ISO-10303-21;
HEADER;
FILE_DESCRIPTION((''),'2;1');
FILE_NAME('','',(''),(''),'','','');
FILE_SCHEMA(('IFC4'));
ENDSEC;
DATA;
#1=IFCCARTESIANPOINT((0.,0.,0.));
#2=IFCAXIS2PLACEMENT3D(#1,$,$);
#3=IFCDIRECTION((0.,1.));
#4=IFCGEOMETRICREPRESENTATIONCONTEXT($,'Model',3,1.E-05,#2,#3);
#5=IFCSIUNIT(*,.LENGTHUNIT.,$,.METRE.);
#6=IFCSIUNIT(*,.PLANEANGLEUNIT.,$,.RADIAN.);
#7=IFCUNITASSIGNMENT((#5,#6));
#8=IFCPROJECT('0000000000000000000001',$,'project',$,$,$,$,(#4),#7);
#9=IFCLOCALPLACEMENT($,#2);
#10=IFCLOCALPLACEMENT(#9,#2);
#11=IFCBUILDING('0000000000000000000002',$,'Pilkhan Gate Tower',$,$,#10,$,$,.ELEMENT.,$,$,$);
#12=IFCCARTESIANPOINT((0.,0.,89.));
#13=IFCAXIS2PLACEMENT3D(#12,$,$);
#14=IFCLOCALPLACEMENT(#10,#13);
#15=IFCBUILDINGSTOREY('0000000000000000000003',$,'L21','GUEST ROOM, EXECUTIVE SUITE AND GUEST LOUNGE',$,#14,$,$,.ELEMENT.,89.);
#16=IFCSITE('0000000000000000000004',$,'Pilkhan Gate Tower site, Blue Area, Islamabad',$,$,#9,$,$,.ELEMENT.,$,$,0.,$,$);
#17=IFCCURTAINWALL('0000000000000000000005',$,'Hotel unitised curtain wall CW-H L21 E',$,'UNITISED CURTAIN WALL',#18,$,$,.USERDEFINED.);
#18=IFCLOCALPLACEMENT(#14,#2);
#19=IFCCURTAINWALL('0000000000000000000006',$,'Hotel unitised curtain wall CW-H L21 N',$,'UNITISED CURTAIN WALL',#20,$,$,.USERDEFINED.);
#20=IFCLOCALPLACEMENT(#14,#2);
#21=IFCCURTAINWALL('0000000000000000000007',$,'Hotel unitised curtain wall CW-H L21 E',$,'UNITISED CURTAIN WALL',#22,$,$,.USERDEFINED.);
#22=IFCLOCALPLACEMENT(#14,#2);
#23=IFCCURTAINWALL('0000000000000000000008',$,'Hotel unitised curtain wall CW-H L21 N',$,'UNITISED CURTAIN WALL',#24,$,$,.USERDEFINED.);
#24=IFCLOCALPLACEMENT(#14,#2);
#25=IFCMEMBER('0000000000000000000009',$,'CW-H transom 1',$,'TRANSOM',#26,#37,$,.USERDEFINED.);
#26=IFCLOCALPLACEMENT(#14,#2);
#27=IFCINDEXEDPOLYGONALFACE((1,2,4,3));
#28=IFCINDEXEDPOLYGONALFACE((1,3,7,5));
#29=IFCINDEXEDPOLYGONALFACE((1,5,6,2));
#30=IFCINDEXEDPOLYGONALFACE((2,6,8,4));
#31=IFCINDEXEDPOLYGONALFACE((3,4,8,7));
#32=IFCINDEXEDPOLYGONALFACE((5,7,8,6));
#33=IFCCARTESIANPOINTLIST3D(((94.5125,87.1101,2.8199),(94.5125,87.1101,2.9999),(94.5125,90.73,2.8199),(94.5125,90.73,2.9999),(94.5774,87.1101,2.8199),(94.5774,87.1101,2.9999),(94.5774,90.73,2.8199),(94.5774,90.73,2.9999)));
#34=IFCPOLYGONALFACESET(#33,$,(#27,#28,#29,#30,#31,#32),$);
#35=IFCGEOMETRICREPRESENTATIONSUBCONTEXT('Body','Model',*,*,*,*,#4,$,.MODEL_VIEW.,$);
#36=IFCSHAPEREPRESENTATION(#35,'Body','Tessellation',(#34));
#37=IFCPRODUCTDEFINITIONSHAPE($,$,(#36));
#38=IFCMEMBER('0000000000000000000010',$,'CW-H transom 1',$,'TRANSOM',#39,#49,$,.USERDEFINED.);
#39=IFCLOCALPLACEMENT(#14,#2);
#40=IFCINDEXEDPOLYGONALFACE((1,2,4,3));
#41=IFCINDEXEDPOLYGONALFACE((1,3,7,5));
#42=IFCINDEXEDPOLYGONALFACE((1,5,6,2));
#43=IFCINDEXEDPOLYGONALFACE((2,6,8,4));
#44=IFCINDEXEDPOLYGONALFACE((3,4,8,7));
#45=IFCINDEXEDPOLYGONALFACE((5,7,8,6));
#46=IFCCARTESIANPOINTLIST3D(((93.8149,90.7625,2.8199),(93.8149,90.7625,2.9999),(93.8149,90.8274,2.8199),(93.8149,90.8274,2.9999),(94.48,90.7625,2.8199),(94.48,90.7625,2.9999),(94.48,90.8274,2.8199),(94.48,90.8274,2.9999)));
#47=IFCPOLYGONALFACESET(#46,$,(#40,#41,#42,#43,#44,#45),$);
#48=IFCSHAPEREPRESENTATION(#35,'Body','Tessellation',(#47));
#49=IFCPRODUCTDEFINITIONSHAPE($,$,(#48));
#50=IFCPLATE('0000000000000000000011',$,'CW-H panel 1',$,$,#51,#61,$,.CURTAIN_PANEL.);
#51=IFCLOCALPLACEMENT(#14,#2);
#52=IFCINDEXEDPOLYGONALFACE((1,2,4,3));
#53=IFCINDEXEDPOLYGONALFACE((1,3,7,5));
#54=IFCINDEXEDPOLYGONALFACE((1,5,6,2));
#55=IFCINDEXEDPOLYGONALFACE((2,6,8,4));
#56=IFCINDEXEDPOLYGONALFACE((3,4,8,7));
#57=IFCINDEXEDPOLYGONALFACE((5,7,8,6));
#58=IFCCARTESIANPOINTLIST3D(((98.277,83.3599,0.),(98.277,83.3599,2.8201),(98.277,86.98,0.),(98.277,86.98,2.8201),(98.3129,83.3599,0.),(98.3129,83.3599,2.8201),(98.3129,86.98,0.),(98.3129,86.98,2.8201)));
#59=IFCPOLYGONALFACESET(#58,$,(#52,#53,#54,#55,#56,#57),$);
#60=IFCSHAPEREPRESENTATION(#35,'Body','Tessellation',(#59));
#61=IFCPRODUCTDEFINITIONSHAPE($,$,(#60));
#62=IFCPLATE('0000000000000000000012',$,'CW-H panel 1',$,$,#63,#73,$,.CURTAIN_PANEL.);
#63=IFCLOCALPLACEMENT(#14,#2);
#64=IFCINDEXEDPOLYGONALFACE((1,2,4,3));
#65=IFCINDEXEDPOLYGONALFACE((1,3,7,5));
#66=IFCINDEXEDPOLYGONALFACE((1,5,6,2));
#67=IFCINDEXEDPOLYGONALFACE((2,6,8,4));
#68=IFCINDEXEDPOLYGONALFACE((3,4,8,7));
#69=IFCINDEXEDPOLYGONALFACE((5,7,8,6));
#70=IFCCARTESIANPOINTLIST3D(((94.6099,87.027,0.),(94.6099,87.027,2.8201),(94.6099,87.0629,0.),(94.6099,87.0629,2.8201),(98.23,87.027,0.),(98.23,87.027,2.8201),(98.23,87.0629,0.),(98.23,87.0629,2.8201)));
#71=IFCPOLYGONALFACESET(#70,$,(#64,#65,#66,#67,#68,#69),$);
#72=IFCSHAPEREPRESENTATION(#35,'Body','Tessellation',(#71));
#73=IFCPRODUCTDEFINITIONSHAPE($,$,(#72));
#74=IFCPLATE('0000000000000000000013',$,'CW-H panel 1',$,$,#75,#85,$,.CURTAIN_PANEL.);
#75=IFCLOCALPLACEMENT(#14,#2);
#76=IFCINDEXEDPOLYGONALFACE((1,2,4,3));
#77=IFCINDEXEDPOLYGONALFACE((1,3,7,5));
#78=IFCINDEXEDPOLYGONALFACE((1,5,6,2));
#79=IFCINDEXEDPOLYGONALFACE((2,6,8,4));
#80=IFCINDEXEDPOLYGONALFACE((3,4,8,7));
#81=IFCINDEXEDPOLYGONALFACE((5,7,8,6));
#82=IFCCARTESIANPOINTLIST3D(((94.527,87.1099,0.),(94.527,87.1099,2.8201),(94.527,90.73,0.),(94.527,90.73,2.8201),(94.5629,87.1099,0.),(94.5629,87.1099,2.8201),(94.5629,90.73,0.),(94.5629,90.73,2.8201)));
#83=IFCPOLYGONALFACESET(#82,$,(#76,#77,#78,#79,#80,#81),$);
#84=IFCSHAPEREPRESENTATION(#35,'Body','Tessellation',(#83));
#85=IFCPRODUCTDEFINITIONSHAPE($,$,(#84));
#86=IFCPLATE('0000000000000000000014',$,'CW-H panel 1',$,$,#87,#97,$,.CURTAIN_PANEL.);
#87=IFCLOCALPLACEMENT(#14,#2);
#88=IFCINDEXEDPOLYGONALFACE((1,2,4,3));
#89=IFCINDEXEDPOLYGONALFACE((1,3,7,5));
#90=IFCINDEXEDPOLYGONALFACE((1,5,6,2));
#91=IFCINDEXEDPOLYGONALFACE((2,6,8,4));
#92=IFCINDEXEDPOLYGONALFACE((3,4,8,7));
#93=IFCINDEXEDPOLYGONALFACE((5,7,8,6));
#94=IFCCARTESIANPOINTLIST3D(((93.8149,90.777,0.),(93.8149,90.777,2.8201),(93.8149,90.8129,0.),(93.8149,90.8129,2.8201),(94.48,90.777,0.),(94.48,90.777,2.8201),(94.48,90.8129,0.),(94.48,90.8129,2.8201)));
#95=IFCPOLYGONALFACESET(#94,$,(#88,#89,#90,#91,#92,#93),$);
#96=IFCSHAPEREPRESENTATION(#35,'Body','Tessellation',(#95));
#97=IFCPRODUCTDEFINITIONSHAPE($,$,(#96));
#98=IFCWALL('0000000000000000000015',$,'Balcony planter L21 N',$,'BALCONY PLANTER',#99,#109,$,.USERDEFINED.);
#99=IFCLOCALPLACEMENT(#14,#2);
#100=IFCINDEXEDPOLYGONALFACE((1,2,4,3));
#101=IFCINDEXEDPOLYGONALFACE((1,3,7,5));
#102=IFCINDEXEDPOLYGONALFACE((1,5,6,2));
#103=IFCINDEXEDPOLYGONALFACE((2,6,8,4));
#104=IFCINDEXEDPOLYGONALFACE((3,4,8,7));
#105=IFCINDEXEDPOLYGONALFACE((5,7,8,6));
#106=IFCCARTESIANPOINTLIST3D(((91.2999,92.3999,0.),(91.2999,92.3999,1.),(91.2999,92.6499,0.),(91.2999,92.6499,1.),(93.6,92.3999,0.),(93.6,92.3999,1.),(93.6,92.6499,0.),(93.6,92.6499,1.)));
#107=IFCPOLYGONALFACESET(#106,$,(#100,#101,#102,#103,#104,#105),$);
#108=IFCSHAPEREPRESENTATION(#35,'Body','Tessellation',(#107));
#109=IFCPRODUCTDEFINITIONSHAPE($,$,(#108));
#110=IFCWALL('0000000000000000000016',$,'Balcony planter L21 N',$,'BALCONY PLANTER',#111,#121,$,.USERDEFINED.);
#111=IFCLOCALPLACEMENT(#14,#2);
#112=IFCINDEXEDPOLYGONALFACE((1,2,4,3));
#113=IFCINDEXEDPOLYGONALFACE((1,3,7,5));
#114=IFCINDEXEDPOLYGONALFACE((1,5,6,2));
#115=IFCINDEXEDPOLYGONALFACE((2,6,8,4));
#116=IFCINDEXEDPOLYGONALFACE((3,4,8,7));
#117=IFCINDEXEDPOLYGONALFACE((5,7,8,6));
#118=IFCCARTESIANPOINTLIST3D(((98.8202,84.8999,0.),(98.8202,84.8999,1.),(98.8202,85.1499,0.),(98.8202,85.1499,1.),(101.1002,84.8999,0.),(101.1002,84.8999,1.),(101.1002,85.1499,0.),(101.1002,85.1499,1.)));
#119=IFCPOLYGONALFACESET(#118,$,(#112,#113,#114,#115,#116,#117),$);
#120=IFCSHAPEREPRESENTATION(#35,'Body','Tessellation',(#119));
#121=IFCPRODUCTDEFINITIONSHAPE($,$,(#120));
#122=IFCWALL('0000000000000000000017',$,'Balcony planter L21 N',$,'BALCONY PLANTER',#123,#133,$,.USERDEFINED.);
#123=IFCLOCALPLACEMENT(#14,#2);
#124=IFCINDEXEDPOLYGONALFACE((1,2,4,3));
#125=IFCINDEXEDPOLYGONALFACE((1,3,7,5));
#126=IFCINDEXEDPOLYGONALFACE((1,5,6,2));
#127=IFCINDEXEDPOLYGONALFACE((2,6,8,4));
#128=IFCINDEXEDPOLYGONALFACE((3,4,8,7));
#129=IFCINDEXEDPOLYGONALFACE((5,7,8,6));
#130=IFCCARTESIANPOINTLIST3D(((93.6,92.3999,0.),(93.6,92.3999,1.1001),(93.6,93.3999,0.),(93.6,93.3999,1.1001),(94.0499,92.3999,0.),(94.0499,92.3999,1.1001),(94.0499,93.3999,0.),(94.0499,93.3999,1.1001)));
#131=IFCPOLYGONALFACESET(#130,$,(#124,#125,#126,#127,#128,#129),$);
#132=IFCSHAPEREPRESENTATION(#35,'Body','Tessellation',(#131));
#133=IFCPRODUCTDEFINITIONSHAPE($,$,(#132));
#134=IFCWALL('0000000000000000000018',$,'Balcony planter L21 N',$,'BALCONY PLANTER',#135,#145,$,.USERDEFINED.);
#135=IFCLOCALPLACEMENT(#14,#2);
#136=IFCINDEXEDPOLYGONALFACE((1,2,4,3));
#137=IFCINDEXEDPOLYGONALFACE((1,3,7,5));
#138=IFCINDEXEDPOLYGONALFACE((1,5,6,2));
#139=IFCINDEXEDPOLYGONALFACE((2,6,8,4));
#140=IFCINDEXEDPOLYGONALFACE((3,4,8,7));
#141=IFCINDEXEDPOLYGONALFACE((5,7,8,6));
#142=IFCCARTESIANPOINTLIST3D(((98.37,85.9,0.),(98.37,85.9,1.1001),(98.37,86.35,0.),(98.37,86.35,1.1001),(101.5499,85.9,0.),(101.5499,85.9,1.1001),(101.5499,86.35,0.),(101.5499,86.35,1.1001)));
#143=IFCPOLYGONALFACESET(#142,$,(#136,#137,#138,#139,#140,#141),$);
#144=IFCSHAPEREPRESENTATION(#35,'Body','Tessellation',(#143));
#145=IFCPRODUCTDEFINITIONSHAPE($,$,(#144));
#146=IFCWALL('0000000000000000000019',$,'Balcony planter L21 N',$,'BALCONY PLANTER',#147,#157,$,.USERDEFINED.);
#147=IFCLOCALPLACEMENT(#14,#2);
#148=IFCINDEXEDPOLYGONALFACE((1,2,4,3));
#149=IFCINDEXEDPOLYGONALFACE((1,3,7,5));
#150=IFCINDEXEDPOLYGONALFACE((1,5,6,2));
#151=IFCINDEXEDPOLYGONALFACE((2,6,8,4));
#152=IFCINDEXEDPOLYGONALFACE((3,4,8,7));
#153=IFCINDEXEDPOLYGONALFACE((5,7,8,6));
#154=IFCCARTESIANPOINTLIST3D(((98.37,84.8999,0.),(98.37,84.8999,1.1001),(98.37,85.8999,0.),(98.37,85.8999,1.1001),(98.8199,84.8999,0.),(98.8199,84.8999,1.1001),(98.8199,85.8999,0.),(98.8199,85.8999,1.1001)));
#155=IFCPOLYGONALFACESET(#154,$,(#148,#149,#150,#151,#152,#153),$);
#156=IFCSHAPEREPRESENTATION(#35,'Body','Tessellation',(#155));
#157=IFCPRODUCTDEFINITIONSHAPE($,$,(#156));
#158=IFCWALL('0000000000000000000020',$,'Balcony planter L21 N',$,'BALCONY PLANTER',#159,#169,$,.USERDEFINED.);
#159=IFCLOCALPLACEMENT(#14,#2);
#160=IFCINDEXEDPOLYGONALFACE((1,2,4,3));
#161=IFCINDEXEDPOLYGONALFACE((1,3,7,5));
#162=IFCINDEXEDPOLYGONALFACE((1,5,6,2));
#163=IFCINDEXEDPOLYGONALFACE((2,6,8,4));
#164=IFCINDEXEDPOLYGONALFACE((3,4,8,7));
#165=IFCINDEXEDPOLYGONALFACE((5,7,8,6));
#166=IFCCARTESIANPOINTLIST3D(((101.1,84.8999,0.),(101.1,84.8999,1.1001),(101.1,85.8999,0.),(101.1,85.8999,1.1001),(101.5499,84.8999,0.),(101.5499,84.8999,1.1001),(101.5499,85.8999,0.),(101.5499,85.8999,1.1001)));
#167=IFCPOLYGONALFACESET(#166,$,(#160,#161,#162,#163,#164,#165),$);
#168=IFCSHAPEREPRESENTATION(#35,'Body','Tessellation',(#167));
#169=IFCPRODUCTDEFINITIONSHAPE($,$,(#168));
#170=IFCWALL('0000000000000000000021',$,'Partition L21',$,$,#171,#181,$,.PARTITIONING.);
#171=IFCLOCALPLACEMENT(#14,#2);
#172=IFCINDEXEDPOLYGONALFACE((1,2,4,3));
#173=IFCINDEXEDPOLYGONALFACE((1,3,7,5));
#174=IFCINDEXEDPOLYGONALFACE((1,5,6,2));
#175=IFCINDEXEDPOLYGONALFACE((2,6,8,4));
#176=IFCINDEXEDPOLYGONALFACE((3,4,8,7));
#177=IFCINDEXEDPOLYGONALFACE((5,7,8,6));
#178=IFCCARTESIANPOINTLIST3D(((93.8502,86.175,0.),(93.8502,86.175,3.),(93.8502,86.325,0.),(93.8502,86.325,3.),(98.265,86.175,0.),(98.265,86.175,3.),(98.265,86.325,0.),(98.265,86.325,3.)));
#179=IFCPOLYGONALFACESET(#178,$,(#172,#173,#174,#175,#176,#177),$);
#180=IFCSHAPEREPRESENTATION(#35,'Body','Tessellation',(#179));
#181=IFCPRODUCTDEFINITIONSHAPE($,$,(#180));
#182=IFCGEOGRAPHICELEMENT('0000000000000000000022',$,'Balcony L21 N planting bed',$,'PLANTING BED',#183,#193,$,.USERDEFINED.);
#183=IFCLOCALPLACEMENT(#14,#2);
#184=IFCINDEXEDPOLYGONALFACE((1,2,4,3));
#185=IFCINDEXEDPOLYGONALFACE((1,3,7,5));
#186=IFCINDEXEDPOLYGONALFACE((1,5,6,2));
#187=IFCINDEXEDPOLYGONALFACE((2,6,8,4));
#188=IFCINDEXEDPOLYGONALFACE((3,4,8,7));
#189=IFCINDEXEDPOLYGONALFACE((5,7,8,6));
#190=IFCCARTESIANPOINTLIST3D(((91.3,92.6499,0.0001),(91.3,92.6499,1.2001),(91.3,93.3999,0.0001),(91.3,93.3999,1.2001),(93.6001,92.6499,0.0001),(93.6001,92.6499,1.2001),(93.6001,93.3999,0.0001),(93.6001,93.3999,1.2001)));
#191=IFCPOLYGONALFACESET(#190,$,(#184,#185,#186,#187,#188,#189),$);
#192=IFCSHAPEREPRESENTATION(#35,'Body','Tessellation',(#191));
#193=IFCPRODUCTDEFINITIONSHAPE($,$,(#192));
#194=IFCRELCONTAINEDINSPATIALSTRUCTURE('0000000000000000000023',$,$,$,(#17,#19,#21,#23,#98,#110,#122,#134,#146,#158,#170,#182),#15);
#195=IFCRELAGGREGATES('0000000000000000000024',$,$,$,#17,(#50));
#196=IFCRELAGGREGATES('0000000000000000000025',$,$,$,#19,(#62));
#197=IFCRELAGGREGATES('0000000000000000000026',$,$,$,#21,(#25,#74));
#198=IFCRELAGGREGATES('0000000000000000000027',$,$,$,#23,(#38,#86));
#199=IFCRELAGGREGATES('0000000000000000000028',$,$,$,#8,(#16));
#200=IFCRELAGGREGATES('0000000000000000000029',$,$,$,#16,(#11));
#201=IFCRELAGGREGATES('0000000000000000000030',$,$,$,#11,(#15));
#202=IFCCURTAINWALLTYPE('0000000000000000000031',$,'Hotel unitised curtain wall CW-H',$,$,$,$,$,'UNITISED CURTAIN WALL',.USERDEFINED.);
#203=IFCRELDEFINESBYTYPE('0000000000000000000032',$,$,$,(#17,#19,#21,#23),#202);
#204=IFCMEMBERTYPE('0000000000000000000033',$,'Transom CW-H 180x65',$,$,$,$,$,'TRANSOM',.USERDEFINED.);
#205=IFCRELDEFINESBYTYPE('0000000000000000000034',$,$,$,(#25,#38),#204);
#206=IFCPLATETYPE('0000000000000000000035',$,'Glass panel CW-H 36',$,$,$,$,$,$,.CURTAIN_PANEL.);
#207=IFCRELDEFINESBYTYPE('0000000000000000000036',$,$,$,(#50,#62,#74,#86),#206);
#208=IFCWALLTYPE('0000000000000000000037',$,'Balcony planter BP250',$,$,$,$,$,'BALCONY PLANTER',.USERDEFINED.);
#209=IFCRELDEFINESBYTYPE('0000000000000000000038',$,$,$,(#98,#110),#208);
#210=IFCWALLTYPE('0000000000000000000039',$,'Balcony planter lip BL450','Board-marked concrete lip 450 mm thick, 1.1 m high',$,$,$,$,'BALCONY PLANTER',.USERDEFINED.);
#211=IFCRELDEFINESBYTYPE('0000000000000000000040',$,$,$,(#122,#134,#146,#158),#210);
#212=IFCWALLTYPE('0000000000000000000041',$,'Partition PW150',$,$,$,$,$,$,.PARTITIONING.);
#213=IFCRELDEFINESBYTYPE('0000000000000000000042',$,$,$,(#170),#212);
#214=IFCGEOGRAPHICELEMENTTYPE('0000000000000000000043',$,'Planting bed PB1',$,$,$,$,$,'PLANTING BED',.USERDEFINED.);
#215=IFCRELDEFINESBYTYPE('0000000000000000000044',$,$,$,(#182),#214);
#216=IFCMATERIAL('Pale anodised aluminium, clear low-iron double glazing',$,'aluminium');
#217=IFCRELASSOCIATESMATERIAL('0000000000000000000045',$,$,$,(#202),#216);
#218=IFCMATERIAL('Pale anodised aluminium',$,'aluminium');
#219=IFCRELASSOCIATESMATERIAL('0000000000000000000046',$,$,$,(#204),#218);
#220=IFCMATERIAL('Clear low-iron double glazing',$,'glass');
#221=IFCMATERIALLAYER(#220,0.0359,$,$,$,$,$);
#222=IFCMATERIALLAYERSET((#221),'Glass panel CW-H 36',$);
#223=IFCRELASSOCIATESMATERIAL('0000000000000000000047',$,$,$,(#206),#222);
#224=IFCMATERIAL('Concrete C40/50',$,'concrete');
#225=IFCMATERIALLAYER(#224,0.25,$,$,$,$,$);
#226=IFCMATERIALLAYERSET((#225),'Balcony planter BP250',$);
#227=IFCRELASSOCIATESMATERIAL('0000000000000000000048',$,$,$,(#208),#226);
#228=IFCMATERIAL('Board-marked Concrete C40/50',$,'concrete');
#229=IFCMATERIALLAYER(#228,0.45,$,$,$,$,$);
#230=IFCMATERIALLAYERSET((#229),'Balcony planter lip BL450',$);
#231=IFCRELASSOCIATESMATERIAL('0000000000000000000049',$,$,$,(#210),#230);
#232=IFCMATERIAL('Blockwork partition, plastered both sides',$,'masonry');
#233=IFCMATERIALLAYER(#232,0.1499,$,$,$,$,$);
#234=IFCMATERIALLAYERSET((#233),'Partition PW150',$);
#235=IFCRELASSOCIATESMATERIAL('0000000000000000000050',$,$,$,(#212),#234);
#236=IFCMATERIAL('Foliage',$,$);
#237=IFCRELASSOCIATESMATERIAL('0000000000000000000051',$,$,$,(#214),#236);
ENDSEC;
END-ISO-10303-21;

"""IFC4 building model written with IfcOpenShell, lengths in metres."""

from ifc_helpers import new_model, si_unit, direction, frame, frame_2d, origin, origin_2d, place, context, subcontext, project, spatial, rectangle, extrude, material, layer, layer_set, material_profile, profile_set, type_object, element, aggregate, save


model = new_model("IFC4")

# Units and contexts
model_context = context("Model", 3, precision=1e-05, world=origin(), true_north=direction((0.0, 1.0)))
body_context = subcontext(model_context, "Body", "Model", "MODEL_VIEW")
ifc_project = project(units=[si_unit("LENGTHUNIT", "METRE"), si_unit("PLANEANGLEUNIT", "RADIAN")], contexts=[model_context])

# Site, building, storey
site_placement = place(None, origin())
site = spatial("IfcSite", under=ifc_project, at=site_placement, Name="Pilkhan Gate Tower site, Blue Area, Islamabad", CompositionType="ELEMENT", RefElevation=0.0)
building_placement = place(site_placement, origin())
building = spatial("IfcBuilding", under=site, at=building_placement, Name="Pilkhan Gate Tower", CompositionType="ELEMENT")
storey_placement = place(building_placement, frame((0.0, 0.0, 89.0)))
storey = spatial("IfcBuildingStorey", under=building, at=storey_placement, Name="L21", Description="GUEST ROOM, EXECUTIVE SUITE AND GUEST LOUNGE", CompositionType="ELEMENT", Elevation=89.0)

# Curtain wall
ifc_material_1 = material(Name="Pale anodised aluminium, clear low-iron double glazing", Category="aluminium")
curtain_wall_type = type_object("IfcCurtainWallType", Name="Hotel unitised curtain wall CW-H", ElementType="UNITISED CURTAIN WALL", PredefinedType="USERDEFINED", material=ifc_material_1)
curtain_wall_1_placement = place(storey_placement, origin())
curtain_wall_1 = element("IfcCurtainWall", 1, at=curtain_wall_1_placement, inside=storey, type_object=curtain_wall_type, Name="Hotel unitised curtain wall CW-H L21 E", ObjectType="UNITISED CURTAIN WALL", PredefinedType="USERDEFINED")
ifc_material_2 = material(Name="Pale anodised aluminium", Category="aluminium")

# Curtain walls
curtain_wall_2_placement = place(storey_placement, origin())
curtain_wall_2 = element("IfcCurtainWall", 2, at=curtain_wall_2_placement, inside=storey, type_object=curtain_wall_type, Name="Hotel unitised curtain wall CW-H L21 N", ObjectType="UNITISED CURTAIN WALL", PredefinedType="USERDEFINED")
curtain_wall_3_placement = place(storey_placement, origin())
curtain_wall_3 = element("IfcCurtainWall", 3, at=curtain_wall_3_placement, inside=storey, type_object=curtain_wall_type, Name="Hotel unitised curtain wall CW-H L21 E", ObjectType="UNITISED CURTAIN WALL", PredefinedType="USERDEFINED")
curtain_wall_4_placement = place(storey_placement, origin())
curtain_wall_4 = element("IfcCurtainWall", 4, at=curtain_wall_4_placement, inside=storey, type_object=curtain_wall_type, Name="Hotel unitised curtain wall CW-H L21 N", ObjectType="UNITISED CURTAIN WALL", PredefinedType="USERDEFINED")

# Members
ifc_material_profile_1 = material_profile(ifc_material_2, rectangle(XDim=0.0649, YDim=0.1799, at=origin_2d()), Name="Transom 180x65")
ifc_profile_set_1 = profile_set([ifc_material_profile_1], Name="Pale anodised aluminium")
member_type_1 = type_object("IfcMemberType", Name="Transom CW-H 180x65", ElementType="TRANSOM", PredefinedType="USERDEFINED", material=ifc_profile_set_1)
member_1_placement = place(storey_placement, frame((94.5449, 87.1101, 2.9099), z_axis=(0.0, 1.0, 0.0), x_axis=(-1.0, 0.0, 0.0)))
member_1 = element("IfcMember", 5, at=member_1_placement, type_object=member_type_1, Name="CW-H transom 1", ObjectType="TRANSOM", PredefinedType="USERDEFINED", context=body_context, shape_type="SweptSolid", body=[
    extrude(rectangle(XDim=0.0649, YDim=0.1799, at=origin_2d()), origin(), (0.0, 0.0, 1.0), 3.6199),
])
member_2_placement = place(storey_placement, frame((93.8149, 90.7949, 2.9099), z_axis=(1.0, 0.0, 0.0), x_axis=(0.0, 1.0, 0.0)))
member_2 = element("IfcMember", 6, at=member_2_placement, type_object=member_type_1, Name="CW-H transom 1", ObjectType="TRANSOM", PredefinedType="USERDEFINED", context=body_context, shape_type="SweptSolid", body=[
    extrude(rectangle(XDim=0.0649, YDim=0.1799, at=origin_2d()), origin(), (0.0, 0.0, 1.0), 0.665),
])

# Plates
ifc_material_3 = material(Name="Clear low-iron double glazing", Category="glass")
ifc_layer_1 = layer(ifc_material_3, 0.0359)
ifc_layer_set_1 = layer_set([ifc_layer_1], Name="Glass panel CW-H 36")
plate_type = type_object("IfcPlateType", Name="Glass panel CW-H 36", PredefinedType="CURTAIN_PANEL", material=ifc_layer_set_1)
plate_1_placement = place(storey_placement, frame((98.2949, 85.1699, 0.0), z_axis=(0.0, 0.0, 1.0), x_axis=(0.0, 1.0, 0.0)))
plate_1 = element("IfcPlate", 7, at=plate_1_placement, type_object=plate_type, Name="CW-H panel 1", PredefinedType="CURTAIN_PANEL", context=body_context, shape_type="SweptSolid", body=[
    extrude(rectangle(XDim=3.6201, YDim=0.0359, at=origin_2d()), origin(), (0.0, 0.0, 1.0), 2.8201),
])
aggregate(curtain_wall_1, [plate_1])
plate_2_placement = place(storey_placement, frame((96.4199, 87.0449, 0.0), z_axis=(0.0, 0.0, 1.0), x_axis=(1.0, 0.0, 0.0)))
plate_2 = element("IfcPlate", 8, at=plate_2_placement, type_object=plate_type, Name="CW-H panel 1", PredefinedType="CURTAIN_PANEL", context=body_context, shape_type="SweptSolid", body=[
    extrude(rectangle(XDim=3.6201, YDim=0.0359, at=origin_2d()), origin(), (0.0, 0.0, 1.0), 2.8201),
])
aggregate(curtain_wall_2, [plate_2])
plate_3_placement = place(storey_placement, frame((94.5449, 88.9199, 0.0), z_axis=(0.0, 0.0, 1.0), x_axis=(0.0, 1.0, 0.0)))
plate_3 = element("IfcPlate", 9, at=plate_3_placement, type_object=plate_type, Name="CW-H panel 1", PredefinedType="CURTAIN_PANEL", context=body_context, shape_type="SweptSolid", body=[
    extrude(rectangle(XDim=3.6201, YDim=0.0359, at=origin_2d()), origin(), (0.0, 0.0, 1.0), 2.8201),
])
aggregate(curtain_wall_3, [member_1, plate_3])
plate_4_placement = place(storey_placement, frame((94.1475, 90.7949, 0.0), z_axis=(0.0, 0.0, 1.0), x_axis=(1.0, 0.0, 0.0)))
plate_4 = element("IfcPlate", 10, at=plate_4_placement, type_object=plate_type, Name="CW-H panel 1", PredefinedType="CURTAIN_PANEL", context=body_context, shape_type="SweptSolid", body=[
    extrude(rectangle(XDim=0.665, YDim=0.0359, at=origin_2d()), origin(), (0.0, 0.0, 1.0), 2.8201),
])
aggregate(curtain_wall_4, [member_2, plate_4])

# Walls
ifc_material_4 = material(Name="Concrete C40/50", Category="concrete")
ifc_layer_2 = layer(ifc_material_4, 0.25)
ifc_layer_set_2 = layer_set([ifc_layer_2], Name="Balcony planter BP250")
wall_type_1 = type_object("IfcWallType", Name="Balcony planter BP250", ElementType="BALCONY PLANTER", PredefinedType="USERDEFINED", material=ifc_layer_set_2)
wall_1_placement = place(storey_placement, frame((91.3, 92.5249, 0.0), z_axis=(0.0, 0.0, 1.0), x_axis=(1.0, 0.0, 0.0)))
element("IfcWall", 11, at=wall_1_placement, inside=storey, type_object=wall_type_1, Name="Balcony planter L21 N", ObjectType="BALCONY PLANTER", PredefinedType="USERDEFINED", context=body_context, shape_type="SweptSolid", body=[
    extrude(rectangle(XDim=2.3, YDim=0.25, at=frame_2d((1.1499, 0.0))), origin(), (0.0, 0.0, 1.0), 1.0),
])
wall_2_placement = place(storey_placement, frame((98.8201, 85.0249, 0.0), z_axis=(0.0, 0.0, 1.0), x_axis=(1.0, 0.0, 0.0)))
element("IfcWall", 12, at=wall_2_placement, inside=storey, type_object=wall_type_1, Name="Balcony planter L21 N", ObjectType="BALCONY PLANTER", PredefinedType="USERDEFINED", context=body_context, shape_type="SweptSolid", body=[
    extrude(rectangle(XDim=2.28, YDim=0.25, at=frame_2d((1.1401, 0.0))), origin(), (0.0, 0.0, 1.0), 1.0),
])
ifc_material_5 = material(Name="Board-marked Concrete C40/50", Category="concrete")
ifc_layer_3 = layer(ifc_material_5, 0.45)
ifc_layer_set_3 = layer_set([ifc_layer_3], Name="Balcony planter lip BL450")
wall_type_2 = type_object("IfcWallType", Name="Balcony planter lip BL450", Description="Board-marked concrete lip 450 mm thick, 1.1 m high", ElementType="BALCONY PLANTER", PredefinedType="USERDEFINED", material=ifc_layer_set_3)
wall_3_placement = place(storey_placement, frame((93.825, 92.3999, 0.0), z_axis=(0.0, 0.0, 1.0), x_axis=(0.0, 1.0, 0.0)))
element("IfcWall", 13, at=wall_3_placement, inside=storey, type_object=wall_type_2, Name="Balcony planter L21 N", ObjectType="BALCONY PLANTER", PredefinedType="USERDEFINED", context=body_context, shape_type="SweptSolid", body=[
    extrude(rectangle(XDim=1.0, YDim=0.45, at=frame_2d((0.5, 0.0))), origin(), (0.0, 0.0, 1.0), 1.1001),
])
wall_4_placement = place(storey_placement, frame((98.3701, 86.125, 0.0), z_axis=(0.0, 0.0, 1.0), x_axis=(1.0, 0.0, 0.0)))
element("IfcWall", 14, at=wall_4_placement, inside=storey, type_object=wall_type_2, Name="Balcony planter L21 N", ObjectType="BALCONY PLANTER", PredefinedType="USERDEFINED", context=body_context, shape_type="SweptSolid", body=[
    extrude(rectangle(XDim=3.1799, YDim=0.45, at=frame_2d((1.5898, 0.0))), origin(), (0.0, 0.0, 1.0), 1.1001),
])
for number, where, z_axis, x_axis, name in (
    (15, (98.595, 84.8999, 0.0), (0.0, 0.0, 1.0), (0.0, 1.0, 0.0), "Balcony planter L21 N"),
    (16, (101.325, 84.8999, 0.0), (0.0, 0.0, 1.0), (0.0, 1.0, 0.0), "Balcony planter L21 N"),
):
    element("IfcWall", number, at=place(storey_placement, frame(where, z_axis=z_axis, x_axis=x_axis)), inside=storey, type_object=wall_type_2, Name=name, ObjectType="BALCONY PLANTER", PredefinedType="USERDEFINED", context=body_context, shape_type="SweptSolid", body=[
        extrude(rectangle(XDim=1.0, YDim=0.45, at=frame_2d((0.5, 0.0))), origin(), (0.0, 0.0, 1.0), 1.1001),
    ])
ifc_material_6 = material(Name="Blockwork partition, plastered both sides", Category="masonry")
ifc_layer_4 = layer(ifc_material_6, 0.1499)
ifc_layer_set_4 = layer_set([ifc_layer_4], Name="Partition PW150")
wall_type_3 = type_object("IfcWallType", Name="Partition PW150", PredefinedType="PARTITIONING", material=ifc_layer_set_4)
wall_5_placement = place(storey_placement, frame((93.8501, 86.25, 0.0), z_axis=(0.0, 0.0, 1.0), x_axis=(1.0, 0.0, 0.0)))
element("IfcWall", 17, at=wall_5_placement, inside=storey, type_object=wall_type_3, Name="Partition L21", PredefinedType="PARTITIONING", context=body_context, shape_type="SweptSolid", body=[
    extrude(rectangle(XDim=4.4148, YDim=0.1499, at=frame_2d((2.2075, 0.0))), origin(), (0.0, 0.0, 1.0), 3.0),
])

# Geographic element
ifc_material_7 = material(Name="Foliage")
ifc_material_profile_2 = material_profile(ifc_material_7, rectangle(XDim=0.75, YDim=1.2, at=origin_2d()), Name="Bed 750x1200")
ifc_profile_set_2 = profile_set([ifc_material_profile_2], Name="Foliage")
geographic_element_type_1 = type_object("IfcGeographicElementType", Name="Planting bed PB1", ElementType="PLANTING BED", PredefinedType="USERDEFINED", material=ifc_profile_set_2)
geographic_element_1_placement = place(storey_placement, frame((91.3, 93.0249, 0.6001), z_axis=(1.0, 0.0, 0.0), x_axis=(0.0, 1.0, 0.0)))
element("IfcGeographicElement", 18, at=geographic_element_1_placement, inside=storey, type_object=geographic_element_type_1, Name="Balcony L21 N planting bed", ObjectType="PLANTING BED", PredefinedType="USERDEFINED", context=body_context, shape_type="SweptSolid", body=[
    extrude(rectangle(XDim=0.75, YDim=1.2, at=origin_2d()), origin(), (0.0, 0.0, 1.0), 2.3),
])

save(model, "model.ifc")
